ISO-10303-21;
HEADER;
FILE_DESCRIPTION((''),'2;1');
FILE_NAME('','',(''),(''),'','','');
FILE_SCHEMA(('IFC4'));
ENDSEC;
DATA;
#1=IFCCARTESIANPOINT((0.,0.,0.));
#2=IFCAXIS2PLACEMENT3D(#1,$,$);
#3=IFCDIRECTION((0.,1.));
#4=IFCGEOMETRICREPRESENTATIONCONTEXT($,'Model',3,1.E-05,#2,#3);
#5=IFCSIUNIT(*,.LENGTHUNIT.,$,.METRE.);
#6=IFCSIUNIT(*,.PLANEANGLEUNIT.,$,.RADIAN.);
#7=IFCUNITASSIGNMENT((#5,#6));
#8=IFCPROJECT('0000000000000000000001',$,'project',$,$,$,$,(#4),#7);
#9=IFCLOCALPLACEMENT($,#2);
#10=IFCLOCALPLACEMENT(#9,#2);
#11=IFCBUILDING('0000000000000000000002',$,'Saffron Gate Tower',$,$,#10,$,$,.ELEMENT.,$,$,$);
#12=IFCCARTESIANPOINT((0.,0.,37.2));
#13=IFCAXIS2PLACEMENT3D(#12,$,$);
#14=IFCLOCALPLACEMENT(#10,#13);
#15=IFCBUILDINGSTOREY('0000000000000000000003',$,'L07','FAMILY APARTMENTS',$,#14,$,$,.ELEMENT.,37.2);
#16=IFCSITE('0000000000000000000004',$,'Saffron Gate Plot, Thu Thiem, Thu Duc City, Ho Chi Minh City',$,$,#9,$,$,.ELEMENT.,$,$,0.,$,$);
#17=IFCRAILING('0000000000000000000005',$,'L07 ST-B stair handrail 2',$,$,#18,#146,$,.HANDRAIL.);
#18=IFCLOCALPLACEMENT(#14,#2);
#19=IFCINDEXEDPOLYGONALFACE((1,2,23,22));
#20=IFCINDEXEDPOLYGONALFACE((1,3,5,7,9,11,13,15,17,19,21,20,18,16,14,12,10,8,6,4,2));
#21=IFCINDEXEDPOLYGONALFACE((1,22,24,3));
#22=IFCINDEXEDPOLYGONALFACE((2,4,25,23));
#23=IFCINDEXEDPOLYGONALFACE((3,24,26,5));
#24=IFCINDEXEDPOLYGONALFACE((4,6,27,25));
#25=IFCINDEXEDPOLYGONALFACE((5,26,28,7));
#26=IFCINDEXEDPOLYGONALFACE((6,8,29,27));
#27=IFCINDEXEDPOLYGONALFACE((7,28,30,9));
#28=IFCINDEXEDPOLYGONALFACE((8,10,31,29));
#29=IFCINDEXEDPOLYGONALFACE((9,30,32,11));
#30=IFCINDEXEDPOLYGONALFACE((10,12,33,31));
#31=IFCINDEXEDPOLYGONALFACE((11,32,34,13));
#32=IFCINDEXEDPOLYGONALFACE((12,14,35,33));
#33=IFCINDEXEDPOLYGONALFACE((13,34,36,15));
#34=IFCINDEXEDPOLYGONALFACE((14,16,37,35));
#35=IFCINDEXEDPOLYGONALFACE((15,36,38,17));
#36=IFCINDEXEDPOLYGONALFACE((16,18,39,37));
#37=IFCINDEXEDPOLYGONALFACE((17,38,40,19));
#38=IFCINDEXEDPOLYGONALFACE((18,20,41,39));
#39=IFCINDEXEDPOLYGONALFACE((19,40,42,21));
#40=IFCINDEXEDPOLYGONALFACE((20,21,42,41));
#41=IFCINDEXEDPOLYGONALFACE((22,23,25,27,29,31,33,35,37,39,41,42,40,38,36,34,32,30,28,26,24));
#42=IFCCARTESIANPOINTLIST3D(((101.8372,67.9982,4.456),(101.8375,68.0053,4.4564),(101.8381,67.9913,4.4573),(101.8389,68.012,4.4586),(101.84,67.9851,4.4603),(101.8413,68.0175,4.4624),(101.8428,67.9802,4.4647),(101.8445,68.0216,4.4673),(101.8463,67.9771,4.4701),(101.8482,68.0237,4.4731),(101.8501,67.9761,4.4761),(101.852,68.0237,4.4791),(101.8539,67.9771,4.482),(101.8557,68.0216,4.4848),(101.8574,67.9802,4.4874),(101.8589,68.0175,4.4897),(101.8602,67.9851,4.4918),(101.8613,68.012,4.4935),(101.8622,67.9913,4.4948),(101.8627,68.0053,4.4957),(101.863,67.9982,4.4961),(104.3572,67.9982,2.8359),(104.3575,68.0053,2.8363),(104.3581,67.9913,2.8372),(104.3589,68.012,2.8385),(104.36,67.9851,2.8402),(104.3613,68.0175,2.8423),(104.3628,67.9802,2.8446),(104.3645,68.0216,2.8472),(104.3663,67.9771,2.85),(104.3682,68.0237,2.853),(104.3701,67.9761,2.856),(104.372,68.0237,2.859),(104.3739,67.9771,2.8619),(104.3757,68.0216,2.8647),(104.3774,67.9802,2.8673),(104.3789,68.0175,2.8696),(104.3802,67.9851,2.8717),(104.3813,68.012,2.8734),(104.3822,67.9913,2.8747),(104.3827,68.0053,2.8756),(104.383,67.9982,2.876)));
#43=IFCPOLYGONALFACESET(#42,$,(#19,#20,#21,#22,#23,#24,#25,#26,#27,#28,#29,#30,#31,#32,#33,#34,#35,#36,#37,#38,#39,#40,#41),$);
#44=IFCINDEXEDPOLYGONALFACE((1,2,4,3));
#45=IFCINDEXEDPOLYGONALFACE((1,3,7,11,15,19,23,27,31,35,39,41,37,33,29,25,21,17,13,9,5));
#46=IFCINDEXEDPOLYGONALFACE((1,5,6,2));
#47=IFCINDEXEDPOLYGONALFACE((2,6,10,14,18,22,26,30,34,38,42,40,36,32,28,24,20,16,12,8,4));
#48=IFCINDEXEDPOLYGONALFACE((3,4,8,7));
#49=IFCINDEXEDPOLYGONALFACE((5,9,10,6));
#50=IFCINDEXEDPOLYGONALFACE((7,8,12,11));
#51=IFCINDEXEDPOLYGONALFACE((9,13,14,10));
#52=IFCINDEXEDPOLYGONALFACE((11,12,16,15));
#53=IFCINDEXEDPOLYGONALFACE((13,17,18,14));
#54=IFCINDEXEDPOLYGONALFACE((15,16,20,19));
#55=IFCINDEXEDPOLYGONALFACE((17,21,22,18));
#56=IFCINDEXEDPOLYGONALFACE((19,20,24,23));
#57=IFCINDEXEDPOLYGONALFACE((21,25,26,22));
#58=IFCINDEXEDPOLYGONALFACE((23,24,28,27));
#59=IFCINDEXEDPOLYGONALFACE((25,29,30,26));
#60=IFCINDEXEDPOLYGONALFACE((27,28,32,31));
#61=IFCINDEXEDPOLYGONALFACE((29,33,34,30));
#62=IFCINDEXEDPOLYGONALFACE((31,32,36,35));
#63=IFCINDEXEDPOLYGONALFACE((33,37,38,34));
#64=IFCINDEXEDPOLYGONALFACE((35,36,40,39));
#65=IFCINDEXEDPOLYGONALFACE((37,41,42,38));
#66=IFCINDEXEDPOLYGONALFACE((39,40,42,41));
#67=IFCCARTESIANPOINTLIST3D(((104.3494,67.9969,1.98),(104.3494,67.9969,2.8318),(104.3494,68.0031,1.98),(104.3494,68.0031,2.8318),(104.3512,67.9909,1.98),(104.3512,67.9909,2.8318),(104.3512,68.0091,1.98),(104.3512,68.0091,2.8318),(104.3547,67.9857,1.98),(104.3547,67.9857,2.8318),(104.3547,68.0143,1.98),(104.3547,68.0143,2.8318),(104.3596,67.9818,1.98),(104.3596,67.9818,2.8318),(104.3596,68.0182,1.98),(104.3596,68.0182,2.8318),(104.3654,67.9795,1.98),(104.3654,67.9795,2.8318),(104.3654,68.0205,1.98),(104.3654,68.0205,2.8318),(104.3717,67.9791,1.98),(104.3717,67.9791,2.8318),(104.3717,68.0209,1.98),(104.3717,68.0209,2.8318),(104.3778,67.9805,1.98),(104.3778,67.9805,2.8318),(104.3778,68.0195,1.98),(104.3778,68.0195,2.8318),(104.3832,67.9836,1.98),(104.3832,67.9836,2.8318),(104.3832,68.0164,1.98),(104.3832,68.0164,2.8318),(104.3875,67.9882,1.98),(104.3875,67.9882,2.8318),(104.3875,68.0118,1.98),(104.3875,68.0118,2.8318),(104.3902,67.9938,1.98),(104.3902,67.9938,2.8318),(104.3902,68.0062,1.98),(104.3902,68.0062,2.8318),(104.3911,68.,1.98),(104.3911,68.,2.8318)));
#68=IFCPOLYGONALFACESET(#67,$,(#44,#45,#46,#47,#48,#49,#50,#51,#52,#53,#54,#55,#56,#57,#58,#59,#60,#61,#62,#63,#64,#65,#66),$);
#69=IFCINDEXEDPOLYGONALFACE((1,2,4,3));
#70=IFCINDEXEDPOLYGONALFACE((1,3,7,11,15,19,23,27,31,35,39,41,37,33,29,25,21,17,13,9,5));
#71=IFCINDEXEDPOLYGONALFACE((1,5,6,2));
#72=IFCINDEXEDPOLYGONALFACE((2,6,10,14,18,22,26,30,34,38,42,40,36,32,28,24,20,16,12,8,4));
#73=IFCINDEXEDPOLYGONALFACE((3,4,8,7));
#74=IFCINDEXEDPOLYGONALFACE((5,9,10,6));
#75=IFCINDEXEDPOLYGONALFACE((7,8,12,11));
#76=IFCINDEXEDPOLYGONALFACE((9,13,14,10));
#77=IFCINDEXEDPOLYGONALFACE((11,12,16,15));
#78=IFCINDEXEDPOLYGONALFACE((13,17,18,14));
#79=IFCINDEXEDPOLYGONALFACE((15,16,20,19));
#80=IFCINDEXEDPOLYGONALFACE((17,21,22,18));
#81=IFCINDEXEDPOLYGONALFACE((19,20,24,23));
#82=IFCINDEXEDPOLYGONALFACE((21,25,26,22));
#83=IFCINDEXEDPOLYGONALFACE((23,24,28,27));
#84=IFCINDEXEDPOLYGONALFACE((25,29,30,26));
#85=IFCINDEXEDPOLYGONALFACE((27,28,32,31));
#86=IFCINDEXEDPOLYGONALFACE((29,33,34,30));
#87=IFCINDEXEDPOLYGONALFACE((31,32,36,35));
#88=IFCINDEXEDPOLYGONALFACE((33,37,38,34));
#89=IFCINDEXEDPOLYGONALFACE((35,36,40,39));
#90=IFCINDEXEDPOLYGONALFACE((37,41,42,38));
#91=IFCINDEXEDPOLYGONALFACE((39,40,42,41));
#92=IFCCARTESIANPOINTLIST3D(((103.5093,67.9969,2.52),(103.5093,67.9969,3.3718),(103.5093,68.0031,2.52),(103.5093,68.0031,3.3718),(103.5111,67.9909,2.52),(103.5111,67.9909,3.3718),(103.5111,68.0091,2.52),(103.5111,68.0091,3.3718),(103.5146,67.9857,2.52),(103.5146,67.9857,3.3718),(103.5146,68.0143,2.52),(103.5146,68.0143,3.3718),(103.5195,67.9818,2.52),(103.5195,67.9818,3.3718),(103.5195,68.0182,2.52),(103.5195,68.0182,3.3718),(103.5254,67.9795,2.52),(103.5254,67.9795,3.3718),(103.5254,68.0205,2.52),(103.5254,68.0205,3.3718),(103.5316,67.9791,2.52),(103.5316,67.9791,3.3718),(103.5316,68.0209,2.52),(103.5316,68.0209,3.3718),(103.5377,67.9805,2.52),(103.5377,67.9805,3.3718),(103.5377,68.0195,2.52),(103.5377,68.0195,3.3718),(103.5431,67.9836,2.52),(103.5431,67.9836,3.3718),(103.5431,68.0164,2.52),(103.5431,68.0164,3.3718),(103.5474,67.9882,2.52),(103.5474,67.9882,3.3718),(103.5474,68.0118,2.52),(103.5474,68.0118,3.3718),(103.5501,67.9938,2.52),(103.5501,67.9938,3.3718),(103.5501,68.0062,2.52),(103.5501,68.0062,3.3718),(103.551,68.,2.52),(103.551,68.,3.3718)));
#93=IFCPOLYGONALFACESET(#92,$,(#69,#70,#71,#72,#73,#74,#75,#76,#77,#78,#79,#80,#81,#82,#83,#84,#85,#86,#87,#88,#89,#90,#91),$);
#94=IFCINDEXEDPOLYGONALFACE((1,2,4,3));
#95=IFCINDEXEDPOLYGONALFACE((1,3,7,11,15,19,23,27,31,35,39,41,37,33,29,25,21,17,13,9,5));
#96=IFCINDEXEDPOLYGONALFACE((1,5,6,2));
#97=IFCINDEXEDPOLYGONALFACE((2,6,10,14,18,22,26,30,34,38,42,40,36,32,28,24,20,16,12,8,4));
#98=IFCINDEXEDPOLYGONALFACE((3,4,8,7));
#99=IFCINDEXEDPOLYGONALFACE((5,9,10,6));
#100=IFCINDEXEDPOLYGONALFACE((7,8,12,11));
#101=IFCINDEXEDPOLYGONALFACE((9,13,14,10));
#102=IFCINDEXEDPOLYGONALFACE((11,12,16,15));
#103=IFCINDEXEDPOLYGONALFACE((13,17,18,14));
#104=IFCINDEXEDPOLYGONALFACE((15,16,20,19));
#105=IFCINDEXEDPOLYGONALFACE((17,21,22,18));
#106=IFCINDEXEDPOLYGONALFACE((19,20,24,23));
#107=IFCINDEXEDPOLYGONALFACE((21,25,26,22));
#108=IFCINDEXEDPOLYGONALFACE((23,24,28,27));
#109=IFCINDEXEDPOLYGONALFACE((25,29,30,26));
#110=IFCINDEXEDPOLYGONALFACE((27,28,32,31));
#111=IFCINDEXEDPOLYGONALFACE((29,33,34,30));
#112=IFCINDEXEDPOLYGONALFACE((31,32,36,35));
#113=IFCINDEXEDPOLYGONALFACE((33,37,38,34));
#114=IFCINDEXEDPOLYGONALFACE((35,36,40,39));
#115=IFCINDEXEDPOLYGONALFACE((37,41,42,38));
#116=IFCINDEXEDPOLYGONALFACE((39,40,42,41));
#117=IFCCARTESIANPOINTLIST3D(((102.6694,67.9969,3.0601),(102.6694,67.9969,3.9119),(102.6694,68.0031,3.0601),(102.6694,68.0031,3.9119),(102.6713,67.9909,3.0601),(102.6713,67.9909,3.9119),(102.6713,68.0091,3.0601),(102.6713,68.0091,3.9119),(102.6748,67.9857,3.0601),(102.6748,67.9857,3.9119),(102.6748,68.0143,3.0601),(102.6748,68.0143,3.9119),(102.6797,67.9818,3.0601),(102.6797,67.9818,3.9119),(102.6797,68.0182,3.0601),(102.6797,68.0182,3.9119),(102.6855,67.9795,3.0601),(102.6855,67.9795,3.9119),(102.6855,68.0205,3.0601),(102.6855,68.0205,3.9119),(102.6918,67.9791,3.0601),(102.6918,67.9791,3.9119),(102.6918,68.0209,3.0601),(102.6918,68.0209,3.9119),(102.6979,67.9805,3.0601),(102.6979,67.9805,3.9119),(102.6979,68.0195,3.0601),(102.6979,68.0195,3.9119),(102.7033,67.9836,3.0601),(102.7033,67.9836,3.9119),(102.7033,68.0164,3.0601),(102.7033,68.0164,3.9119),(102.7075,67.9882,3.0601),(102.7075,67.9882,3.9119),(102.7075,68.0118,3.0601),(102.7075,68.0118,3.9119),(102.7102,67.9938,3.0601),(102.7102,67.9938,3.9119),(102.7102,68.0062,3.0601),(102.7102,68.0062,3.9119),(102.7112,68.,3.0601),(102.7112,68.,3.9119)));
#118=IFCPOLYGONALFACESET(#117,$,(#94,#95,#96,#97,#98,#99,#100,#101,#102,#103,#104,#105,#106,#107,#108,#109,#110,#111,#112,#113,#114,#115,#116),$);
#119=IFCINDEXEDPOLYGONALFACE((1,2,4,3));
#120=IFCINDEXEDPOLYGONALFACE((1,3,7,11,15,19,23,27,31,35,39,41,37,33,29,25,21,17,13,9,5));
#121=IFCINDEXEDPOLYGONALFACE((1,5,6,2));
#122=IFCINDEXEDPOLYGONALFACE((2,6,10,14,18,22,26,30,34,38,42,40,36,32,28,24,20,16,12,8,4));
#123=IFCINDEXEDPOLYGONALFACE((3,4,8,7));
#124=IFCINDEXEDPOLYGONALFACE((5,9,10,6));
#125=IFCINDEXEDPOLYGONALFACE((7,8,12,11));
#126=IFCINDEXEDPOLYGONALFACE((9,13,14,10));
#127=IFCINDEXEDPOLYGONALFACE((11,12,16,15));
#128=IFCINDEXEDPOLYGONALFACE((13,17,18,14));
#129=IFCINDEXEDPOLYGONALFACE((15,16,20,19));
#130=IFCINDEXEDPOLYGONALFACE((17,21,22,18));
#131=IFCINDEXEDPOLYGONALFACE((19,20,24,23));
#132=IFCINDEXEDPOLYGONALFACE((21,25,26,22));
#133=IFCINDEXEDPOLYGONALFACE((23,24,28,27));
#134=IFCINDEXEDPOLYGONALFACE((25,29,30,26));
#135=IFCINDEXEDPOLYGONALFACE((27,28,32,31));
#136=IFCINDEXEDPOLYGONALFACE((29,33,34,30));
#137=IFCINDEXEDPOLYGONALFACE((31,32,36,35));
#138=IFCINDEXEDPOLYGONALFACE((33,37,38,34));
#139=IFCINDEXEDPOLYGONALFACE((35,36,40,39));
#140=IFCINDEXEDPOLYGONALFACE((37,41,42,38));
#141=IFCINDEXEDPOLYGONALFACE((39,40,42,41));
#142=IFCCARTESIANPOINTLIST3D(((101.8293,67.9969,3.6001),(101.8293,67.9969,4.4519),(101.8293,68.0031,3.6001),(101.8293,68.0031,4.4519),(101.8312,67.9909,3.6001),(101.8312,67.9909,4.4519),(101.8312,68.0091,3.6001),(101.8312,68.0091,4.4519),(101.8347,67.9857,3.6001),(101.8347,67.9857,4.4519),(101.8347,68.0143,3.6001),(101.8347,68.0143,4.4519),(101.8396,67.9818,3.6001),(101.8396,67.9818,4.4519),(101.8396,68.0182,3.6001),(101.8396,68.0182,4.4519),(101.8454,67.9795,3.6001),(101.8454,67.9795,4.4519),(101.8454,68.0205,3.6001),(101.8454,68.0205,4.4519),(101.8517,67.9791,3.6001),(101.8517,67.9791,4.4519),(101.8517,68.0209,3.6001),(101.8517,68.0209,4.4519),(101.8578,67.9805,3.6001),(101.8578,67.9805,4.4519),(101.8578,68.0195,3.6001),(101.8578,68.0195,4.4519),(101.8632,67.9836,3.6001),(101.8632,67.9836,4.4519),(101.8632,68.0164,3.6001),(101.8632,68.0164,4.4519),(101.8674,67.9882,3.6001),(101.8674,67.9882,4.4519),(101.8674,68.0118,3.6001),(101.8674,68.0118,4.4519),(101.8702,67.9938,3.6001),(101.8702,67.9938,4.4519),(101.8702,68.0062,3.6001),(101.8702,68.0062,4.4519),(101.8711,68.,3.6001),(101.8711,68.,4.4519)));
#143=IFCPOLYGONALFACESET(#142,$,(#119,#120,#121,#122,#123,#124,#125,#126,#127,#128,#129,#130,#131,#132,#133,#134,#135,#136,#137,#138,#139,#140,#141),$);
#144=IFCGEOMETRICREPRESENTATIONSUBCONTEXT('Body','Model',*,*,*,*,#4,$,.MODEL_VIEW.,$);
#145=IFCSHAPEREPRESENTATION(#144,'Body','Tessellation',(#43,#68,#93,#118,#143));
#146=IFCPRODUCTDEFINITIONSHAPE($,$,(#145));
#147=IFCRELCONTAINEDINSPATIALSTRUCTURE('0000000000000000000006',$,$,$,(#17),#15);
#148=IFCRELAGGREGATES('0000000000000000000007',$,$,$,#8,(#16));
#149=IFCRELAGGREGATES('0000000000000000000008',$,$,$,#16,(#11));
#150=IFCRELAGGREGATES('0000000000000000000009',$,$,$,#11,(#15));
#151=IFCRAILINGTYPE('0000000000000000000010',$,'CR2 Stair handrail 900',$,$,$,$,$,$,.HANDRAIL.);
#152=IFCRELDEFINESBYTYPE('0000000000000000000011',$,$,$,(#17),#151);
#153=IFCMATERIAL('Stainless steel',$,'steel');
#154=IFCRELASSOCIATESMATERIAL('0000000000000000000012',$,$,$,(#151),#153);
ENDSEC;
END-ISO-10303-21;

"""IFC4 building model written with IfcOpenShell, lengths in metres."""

from ifc_helpers import new_model, si_unit, direction, frame, origin, origin_2d, place, context, subcontext, project, spatial, circle, extrude, material, type_object, element, save


model = new_model("IFC4")

# Units and contexts
model_context = context("Model", 3, precision=1e-05, world=origin(), true_north=direction((0.0, 1.0)))
body_context = subcontext(model_context, "Body", "Model", "MODEL_VIEW")
ifc_project = project(units=[si_unit("LENGTHUNIT", "METRE"), si_unit("PLANEANGLEUNIT", "RADIAN")], contexts=[model_context])

# Site, building, storey
site_placement = place(None, origin())
site = spatial("IfcSite", under=ifc_project, at=site_placement, Name="Saffron Gate Plot, Thu Thiem, Thu Duc City, Ho Chi Minh City", CompositionType="ELEMENT", RefElevation=0.0)
building_placement = place(site_placement, origin())
building = spatial("IfcBuilding", under=site, at=building_placement, Name="Saffron Gate Tower", CompositionType="ELEMENT")
storey_placement = place(building_placement, frame((0.0, 0.0, 37.2)))
storey = spatial("IfcBuildingStorey", under=building, at=storey_placement, Name="L07", Description="FAMILY APARTMENTS", CompositionType="ELEMENT", Elevation=37.2)

# Railing
ifc_material_1 = material(Name="Stainless steel", Category="steel")
railing_type_1 = type_object("IfcRailingType", Name="CR2 Stair handrail 900", PredefinedType="HANDRAIL", material=ifc_material_1)
railing_1_placement = place(storey_placement, frame((104.3701, 68.0, 1.98)))
element("IfcRailing", 1, at=railing_1_placement, inside=storey, type_object=railing_type_1, Name="L07 ST-B stair handrail 2", PredefinedType="HANDRAIL", context=body_context, shape_type="SweptSolid", body=[
    extrude(circle(Radius=0.0239, at=origin_2d()), frame((0.0, 0.0, 0.876), z_axis=(-0.841163, 0.0, 0.540782), x_axis=(0.0, -1.0, 0.0)), (0.0, 0.0, 1.0), 2.9958),
    extrude(circle(Radius=0.021, at=origin_2d()), origin(), (0.0, 0.0, 1.0), 0.8518),
    extrude(circle(Radius=0.021, at=origin_2d()), frame((-0.8401, 0.0, 0.54)), (0.0, 0.0, 1.0), 0.8518),
    extrude(circle(Radius=0.021, at=origin_2d()), frame((-1.6799, 0.0, 1.0801)), (0.0, 0.0, 1.0), 0.8518),
    extrude(circle(Radius=0.021, at=origin_2d()), frame((-2.52, 0.0, 1.6201)), (0.0, 0.0, 1.0), 0.8518),
])

save(model, "model.ifc")
